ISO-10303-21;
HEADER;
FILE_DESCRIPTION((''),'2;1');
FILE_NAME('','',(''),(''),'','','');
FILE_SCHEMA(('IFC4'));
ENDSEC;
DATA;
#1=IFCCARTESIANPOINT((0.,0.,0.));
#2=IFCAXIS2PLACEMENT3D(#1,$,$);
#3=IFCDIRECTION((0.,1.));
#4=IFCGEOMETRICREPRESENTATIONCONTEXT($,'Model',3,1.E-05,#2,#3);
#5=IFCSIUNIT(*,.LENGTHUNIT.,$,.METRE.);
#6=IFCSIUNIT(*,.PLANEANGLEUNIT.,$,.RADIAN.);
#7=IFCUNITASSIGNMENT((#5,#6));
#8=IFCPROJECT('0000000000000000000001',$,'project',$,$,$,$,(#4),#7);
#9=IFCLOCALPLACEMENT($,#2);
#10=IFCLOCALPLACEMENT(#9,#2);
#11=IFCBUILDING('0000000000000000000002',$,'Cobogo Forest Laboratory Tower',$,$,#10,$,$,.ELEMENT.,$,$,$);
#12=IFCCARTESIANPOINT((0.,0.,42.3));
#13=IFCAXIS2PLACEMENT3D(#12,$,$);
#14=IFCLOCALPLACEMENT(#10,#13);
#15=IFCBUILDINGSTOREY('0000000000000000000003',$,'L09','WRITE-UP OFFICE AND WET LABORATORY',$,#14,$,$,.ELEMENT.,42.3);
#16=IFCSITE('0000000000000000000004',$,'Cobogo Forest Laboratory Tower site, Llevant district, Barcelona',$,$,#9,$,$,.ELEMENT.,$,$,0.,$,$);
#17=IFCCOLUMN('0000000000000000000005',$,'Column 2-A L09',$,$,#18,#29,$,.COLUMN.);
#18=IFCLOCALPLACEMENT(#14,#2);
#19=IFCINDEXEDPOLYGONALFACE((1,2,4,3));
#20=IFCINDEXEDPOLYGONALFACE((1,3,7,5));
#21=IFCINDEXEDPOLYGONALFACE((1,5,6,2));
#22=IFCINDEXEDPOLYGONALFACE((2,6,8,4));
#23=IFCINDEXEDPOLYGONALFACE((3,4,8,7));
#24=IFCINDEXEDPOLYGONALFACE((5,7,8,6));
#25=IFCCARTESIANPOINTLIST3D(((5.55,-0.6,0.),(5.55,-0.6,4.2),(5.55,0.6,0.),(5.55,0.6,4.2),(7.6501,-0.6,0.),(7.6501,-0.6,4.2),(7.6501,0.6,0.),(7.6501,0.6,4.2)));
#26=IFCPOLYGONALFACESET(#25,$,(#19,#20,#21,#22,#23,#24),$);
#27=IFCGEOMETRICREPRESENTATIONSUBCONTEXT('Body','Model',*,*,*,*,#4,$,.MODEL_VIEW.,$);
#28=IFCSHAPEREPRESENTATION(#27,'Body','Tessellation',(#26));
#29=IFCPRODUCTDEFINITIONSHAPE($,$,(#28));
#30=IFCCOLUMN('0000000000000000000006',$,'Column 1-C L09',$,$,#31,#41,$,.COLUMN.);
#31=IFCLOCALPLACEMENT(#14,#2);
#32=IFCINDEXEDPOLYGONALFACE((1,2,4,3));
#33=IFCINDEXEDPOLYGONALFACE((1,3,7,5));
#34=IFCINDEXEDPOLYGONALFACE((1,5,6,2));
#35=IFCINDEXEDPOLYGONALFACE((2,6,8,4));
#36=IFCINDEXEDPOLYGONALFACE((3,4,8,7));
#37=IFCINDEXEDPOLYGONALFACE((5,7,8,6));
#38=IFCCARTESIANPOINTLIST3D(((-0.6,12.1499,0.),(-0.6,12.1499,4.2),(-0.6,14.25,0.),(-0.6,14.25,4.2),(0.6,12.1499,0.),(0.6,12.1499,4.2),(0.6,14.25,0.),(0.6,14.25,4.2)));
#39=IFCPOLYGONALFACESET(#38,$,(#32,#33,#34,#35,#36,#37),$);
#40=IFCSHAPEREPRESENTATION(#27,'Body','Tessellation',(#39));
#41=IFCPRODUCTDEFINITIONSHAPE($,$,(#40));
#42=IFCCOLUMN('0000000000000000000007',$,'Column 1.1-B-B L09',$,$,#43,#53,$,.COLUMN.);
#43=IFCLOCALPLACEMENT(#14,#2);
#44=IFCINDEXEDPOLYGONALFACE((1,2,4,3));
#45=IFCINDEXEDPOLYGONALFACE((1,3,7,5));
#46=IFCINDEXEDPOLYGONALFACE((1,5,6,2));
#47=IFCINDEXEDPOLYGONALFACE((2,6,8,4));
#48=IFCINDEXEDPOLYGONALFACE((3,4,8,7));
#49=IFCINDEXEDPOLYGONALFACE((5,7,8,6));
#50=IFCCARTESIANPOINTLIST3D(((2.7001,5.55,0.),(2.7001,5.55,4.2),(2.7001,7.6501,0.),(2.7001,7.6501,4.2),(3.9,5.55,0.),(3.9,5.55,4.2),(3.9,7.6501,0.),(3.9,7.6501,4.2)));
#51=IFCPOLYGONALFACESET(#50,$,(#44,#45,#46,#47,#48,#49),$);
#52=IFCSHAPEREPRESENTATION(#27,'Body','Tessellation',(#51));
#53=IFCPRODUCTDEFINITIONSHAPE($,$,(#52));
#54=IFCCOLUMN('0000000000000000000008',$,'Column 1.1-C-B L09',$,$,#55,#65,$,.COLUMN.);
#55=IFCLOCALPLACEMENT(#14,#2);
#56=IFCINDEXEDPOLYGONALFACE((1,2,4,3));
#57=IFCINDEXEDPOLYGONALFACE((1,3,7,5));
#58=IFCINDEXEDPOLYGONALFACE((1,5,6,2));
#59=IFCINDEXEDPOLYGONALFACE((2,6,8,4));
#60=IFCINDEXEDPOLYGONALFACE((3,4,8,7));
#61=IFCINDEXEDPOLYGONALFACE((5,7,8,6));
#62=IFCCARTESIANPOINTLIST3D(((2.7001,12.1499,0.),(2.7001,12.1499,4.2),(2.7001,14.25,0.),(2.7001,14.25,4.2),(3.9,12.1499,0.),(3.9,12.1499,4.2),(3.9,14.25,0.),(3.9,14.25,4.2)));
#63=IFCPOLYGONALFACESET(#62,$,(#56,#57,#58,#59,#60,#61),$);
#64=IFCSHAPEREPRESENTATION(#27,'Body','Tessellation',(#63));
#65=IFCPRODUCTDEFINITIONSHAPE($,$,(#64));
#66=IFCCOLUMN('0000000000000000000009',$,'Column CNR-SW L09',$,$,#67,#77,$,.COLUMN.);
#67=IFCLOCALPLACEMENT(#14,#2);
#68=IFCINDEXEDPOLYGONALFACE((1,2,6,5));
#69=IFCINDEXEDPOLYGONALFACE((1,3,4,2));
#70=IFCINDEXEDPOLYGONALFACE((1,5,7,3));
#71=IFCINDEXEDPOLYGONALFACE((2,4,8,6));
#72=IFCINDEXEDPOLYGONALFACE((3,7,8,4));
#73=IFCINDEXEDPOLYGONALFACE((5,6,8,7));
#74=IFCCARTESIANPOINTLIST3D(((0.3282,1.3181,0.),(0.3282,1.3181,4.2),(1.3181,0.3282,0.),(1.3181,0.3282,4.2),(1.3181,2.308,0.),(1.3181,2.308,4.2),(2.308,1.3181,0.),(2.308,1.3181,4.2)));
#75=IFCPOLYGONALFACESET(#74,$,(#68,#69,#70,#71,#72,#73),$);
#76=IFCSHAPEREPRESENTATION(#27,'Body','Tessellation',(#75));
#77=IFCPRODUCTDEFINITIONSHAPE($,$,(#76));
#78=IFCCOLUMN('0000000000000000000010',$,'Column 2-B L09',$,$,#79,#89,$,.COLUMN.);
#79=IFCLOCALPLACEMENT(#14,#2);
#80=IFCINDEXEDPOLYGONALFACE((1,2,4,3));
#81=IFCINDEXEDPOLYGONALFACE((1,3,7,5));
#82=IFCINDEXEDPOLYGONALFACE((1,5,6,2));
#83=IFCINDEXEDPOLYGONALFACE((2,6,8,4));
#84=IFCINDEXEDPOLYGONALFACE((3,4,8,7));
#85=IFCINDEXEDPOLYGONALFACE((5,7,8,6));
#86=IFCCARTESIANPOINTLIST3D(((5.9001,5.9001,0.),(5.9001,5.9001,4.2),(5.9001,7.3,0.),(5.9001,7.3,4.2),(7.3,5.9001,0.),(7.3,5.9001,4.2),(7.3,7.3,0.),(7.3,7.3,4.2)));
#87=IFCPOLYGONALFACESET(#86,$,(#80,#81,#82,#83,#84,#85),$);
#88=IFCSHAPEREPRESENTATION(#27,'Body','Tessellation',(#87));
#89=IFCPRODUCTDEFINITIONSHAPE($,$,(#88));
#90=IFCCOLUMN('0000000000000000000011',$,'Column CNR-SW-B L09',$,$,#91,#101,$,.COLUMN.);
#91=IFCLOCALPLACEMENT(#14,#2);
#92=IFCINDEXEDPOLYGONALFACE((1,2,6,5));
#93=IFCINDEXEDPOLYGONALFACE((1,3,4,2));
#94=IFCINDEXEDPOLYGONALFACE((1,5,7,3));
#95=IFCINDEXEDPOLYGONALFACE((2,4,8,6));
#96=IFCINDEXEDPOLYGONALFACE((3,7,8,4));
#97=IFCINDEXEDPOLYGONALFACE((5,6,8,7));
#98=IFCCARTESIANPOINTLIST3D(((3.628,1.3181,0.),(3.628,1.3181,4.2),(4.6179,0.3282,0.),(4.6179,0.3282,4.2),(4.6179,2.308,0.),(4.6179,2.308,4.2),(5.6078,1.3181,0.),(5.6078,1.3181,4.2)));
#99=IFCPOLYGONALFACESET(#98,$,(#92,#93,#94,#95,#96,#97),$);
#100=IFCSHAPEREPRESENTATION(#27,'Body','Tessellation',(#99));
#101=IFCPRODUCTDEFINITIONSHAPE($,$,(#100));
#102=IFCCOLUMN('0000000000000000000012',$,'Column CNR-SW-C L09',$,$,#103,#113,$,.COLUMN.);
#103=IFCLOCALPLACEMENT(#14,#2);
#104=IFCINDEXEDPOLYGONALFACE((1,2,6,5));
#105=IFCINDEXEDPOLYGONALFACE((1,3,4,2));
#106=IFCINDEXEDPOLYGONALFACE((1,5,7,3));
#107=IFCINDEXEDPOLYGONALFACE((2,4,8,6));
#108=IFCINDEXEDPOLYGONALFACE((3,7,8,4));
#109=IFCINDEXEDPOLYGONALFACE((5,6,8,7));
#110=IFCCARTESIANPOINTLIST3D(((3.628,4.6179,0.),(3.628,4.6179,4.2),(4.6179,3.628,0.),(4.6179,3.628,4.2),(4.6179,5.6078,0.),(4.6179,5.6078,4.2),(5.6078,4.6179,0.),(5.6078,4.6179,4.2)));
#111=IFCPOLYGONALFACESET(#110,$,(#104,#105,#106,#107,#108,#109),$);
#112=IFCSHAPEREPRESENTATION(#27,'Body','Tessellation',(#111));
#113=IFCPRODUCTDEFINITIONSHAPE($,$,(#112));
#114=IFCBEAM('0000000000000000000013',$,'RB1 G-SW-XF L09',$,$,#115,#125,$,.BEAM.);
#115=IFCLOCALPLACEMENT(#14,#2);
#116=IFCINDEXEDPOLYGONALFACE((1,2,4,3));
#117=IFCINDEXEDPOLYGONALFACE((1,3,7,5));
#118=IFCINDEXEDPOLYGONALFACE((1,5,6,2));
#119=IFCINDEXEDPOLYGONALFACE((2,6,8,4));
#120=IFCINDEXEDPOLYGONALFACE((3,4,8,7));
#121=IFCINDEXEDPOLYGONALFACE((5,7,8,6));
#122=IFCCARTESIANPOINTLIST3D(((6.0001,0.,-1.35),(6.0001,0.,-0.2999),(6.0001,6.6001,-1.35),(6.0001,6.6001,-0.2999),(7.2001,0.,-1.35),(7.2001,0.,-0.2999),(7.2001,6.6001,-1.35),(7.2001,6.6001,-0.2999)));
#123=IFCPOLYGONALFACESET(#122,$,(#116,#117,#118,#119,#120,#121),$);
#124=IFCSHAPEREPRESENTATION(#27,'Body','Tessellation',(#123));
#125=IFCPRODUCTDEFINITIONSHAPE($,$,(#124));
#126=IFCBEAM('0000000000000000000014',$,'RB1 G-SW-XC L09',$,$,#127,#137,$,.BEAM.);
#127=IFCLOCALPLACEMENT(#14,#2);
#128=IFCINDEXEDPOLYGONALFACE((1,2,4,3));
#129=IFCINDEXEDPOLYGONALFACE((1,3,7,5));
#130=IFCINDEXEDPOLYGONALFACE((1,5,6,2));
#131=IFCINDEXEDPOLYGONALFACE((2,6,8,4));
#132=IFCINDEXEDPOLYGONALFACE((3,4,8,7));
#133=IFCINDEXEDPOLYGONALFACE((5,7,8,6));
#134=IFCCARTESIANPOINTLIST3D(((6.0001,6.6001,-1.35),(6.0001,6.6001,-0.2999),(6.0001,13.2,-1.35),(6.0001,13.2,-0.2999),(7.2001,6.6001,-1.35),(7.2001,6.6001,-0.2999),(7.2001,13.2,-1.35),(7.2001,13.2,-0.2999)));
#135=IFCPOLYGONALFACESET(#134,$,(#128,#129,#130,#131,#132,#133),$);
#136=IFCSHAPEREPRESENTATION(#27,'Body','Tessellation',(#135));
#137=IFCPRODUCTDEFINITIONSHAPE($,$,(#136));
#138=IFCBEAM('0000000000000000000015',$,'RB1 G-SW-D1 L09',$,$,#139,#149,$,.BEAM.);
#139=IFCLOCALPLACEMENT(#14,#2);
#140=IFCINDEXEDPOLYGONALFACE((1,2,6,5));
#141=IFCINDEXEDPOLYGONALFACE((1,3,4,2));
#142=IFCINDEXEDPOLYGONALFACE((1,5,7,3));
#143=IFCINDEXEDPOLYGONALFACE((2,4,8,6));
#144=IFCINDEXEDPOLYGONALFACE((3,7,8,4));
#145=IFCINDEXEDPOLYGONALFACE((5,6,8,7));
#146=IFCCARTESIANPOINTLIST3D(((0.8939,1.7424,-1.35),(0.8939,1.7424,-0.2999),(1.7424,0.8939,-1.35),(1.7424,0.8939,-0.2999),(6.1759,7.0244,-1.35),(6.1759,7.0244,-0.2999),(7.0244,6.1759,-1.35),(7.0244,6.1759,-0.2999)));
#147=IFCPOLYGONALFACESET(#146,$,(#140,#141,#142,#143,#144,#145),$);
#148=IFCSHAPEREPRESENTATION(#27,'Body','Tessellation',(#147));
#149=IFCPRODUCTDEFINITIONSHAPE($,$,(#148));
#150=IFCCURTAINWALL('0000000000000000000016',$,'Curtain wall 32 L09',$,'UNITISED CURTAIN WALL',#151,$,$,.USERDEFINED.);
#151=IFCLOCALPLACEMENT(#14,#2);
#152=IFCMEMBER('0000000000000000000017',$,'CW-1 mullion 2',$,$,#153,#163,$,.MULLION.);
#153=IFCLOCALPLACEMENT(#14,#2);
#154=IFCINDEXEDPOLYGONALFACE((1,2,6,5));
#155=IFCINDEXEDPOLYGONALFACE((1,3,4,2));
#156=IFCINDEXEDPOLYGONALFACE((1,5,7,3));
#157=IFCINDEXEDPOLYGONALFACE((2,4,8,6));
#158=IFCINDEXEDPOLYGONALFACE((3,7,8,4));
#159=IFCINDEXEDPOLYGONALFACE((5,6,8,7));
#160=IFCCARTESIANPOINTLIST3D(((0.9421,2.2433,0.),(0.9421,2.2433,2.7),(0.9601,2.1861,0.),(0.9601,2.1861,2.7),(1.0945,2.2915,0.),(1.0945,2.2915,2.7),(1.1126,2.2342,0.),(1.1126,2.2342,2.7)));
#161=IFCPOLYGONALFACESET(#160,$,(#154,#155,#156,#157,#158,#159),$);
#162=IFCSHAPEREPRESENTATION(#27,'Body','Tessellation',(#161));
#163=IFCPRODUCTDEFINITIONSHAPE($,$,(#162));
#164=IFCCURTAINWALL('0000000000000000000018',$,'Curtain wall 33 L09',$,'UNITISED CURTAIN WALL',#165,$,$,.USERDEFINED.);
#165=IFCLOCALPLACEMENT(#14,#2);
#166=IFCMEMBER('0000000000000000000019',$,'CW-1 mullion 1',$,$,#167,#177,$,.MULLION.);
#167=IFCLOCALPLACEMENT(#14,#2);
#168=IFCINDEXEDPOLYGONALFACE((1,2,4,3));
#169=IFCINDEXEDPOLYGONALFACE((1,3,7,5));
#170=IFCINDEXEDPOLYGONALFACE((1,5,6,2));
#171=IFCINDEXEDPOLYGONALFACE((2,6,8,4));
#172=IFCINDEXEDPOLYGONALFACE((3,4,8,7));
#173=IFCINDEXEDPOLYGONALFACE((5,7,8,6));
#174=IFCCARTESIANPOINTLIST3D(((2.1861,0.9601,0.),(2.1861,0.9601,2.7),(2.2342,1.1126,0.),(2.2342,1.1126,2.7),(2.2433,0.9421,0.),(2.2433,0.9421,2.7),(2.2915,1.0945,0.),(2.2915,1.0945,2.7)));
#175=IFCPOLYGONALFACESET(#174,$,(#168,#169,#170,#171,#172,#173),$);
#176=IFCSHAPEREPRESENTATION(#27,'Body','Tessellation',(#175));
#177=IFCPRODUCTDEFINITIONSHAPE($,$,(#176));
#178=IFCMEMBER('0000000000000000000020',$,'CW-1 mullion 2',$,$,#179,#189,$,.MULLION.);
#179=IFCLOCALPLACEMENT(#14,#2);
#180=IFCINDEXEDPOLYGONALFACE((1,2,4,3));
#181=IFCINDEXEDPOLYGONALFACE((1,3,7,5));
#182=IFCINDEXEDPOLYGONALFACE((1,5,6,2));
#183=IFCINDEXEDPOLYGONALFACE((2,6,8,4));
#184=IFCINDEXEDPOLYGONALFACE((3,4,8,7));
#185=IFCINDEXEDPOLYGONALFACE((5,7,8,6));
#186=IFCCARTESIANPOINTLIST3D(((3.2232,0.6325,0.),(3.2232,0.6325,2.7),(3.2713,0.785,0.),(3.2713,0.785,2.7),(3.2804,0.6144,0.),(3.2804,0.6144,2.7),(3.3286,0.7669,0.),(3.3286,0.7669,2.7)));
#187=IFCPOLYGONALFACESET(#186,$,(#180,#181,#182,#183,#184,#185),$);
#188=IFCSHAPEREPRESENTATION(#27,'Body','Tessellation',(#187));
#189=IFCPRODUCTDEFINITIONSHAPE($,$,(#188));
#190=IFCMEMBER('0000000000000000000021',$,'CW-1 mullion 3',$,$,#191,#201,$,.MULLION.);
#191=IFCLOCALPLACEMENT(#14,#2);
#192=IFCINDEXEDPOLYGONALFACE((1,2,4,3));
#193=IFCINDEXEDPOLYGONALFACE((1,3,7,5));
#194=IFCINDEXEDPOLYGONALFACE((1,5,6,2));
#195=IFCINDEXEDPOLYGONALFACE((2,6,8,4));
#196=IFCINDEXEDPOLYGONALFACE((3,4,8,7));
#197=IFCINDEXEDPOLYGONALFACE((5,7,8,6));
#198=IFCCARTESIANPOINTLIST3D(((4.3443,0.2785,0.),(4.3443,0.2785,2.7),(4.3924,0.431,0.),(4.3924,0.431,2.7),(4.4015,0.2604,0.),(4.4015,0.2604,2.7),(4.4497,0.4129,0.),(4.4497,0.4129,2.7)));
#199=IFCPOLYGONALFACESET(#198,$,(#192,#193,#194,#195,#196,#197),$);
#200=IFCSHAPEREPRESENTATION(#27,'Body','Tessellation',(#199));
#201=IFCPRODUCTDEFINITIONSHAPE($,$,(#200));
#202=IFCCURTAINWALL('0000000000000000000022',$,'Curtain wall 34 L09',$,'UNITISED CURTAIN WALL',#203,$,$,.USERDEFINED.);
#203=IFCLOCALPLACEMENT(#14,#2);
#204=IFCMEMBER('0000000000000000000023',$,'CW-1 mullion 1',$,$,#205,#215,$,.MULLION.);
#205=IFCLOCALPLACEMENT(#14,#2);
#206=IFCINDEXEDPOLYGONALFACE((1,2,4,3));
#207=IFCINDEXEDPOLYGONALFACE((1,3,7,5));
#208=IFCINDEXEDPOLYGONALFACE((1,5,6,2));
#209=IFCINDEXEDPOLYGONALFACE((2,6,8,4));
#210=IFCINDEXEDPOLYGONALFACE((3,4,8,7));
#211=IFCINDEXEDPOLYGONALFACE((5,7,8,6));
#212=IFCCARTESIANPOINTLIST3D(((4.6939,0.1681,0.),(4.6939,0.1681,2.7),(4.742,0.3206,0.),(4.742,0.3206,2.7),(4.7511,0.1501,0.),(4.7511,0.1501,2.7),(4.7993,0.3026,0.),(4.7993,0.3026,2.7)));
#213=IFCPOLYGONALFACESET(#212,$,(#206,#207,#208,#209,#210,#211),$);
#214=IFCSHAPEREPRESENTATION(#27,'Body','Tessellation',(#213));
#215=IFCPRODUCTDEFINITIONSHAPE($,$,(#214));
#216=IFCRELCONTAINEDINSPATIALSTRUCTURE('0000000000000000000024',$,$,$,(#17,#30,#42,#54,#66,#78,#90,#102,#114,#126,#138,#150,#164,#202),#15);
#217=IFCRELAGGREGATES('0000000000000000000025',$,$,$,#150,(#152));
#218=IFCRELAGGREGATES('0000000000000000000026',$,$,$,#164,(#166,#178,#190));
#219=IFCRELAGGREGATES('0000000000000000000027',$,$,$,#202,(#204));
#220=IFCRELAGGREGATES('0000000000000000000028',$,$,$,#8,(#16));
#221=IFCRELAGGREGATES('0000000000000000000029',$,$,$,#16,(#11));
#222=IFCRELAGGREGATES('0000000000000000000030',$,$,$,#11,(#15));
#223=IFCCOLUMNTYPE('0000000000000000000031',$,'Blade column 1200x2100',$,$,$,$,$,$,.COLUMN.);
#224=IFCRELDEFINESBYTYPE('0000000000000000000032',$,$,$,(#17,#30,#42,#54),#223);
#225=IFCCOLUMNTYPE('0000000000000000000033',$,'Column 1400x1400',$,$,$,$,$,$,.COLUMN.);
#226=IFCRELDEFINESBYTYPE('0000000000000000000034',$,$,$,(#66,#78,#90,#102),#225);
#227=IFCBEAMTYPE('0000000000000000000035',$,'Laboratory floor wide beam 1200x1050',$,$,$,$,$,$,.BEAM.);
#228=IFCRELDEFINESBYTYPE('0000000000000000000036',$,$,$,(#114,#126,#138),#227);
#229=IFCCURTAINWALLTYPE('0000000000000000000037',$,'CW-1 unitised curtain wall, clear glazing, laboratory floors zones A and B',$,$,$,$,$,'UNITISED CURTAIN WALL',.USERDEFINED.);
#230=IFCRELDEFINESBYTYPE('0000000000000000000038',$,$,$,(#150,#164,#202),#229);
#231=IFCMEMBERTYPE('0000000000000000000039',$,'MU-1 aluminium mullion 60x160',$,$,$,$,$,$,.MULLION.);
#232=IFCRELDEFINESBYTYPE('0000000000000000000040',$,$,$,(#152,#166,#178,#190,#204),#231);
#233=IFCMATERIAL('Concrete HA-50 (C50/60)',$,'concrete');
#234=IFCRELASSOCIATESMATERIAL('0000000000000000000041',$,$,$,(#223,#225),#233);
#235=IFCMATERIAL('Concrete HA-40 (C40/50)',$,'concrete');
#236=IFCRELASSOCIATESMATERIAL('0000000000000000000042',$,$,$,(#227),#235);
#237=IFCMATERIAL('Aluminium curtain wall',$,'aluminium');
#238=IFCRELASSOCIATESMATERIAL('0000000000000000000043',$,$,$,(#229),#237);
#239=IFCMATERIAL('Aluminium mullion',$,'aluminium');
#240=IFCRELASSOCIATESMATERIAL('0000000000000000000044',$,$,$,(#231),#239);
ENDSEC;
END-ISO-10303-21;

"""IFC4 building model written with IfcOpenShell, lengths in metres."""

from ifc_helpers import new_model, si_unit, direction, frame, origin, origin_2d, place, context, subcontext, project, spatial, rectangle, extrude, material, material_profile, profile_set, type_object, element, aggregate, save


model = new_model("IFC4")

# Units and contexts
model_context = context("Model", 3, precision=1e-05, world=origin(), true_north=direction((0.0, 1.0)))
body_context = subcontext(model_context, "Body", "Model", "MODEL_VIEW")
ifc_project = project(units=[si_unit("LENGTHUNIT", "METRE"), si_unit("PLANEANGLEUNIT", "RADIAN")], contexts=[model_context])

# Site, building, storey
site_placement = place(None, origin())
site = spatial("IfcSite", under=ifc_project, at=site_placement, Name="Cobogo Forest Laboratory Tower site, Llevant district, Barcelona", CompositionType="ELEMENT", RefElevation=0.0)
building_placement = place(site_placement, origin())
building = spatial("IfcBuilding", under=site, at=building_placement, Name="Cobogo Forest Laboratory Tower", CompositionType="ELEMENT")
storey_placement = place(building_placement, frame((0.0, 0.0, 42.3)))
storey = spatial("IfcBuildingStorey", under=building, at=storey_placement, Name="L09", Description="WRITE-UP OFFICE AND WET LABORATORY", CompositionType="ELEMENT", Elevation=42.3)

# Columns
ifc_material_1 = material(Name="Concrete HA-50 (C50/60)", Category="concrete")
ifc_material_profile_1 = material_profile(ifc_material_1, rectangle(XDim=2.1001, YDim=1.2, at=origin_2d()), Name="RC 1200x2100")
ifc_profile_set_1 = profile_set([ifc_material_profile_1], Name="Concrete HA-50 (C50/60)")
column_type_1 = type_object("IfcColumnType", Name="Blade column 1200x2100", PredefinedType="COLUMN", material=ifc_profile_set_1)
for number, where, z_axis, x_axis, name in (
    (1, (6.6001, 0.0, 0.0), (0.0, 0.0, 1.0), (1.0, 0.0, 0.0), "Column 2-A L09"),
    (2, (0.0, 13.2, 0.0), (0.0, 0.0, 1.0), (0.0, 1.0, 0.0), "Column 1-C L09"),
    (3, (3.3, 6.6001, 0.0), (0.0, 0.0, 1.0), (0.0, 1.0, 0.0), "Column 1.1-B-B L09"),
    (4, (3.3, 13.2, 0.0), (0.0, 0.0, 1.0), (0.0, 1.0, 0.0), "Column 1.1-C-B L09"),
):
    element("IfcColumn", number, at=place(storey_placement, frame(where, z_axis=z_axis, x_axis=x_axis)), inside=storey, type_object=column_type_1, Name=name, PredefinedType="COLUMN", context=body_context, shape_type="SweptSolid", body=[
        extrude(rectangle(XDim=2.1001, YDim=1.2, at=origin_2d()), origin(), (0.0, 0.0, 1.0), 4.2),
    ])
ifc_material_profile_2 = material_profile(ifc_material_1, rectangle(XDim=1.3999, YDim=1.3999, at=origin_2d()), Name="RC 1400x1400")
ifc_profile_set_2 = profile_set([ifc_material_profile_2], Name="Concrete HA-50 (C50/60)")
column_type_2 = type_object("IfcColumnType", Name="Column 1400x1400", PredefinedType="COLUMN", material=ifc_profile_set_2)
for number, where, z_axis, x_axis, name in (
    (5, (1.3181, 1.3181, 0.0), (0.0, 0.0, 1.0), (0.707107, 0.707107, 0.0), "Column CNR-SW L09"),
    (6, (6.6001, 6.6001, 0.0), (0.0, 0.0, 1.0), (1.0, 0.0, 0.0), "Column 2-B L09"),
    (7, (4.6179, 1.3181, 0.0), (0.0, 0.0, 1.0), (0.707107, 0.707107, 0.0), "Column CNR-SW-B L09"),
    (8, (4.6179, 4.6179, 0.0), (0.0, 0.0, 1.0), (0.707107, 0.707107, 0.0), "Column CNR-SW-C L09"),
):
    element("IfcColumn", number, at=place(storey_placement, frame(where, z_axis=z_axis, x_axis=x_axis)), inside=storey, type_object=column_type_2, Name=name, PredefinedType="COLUMN", context=body_context, shape_type="SweptSolid", body=[
        extrude(rectangle(XDim=1.3999, YDim=1.3999, at=origin_2d()), origin(), (0.0, 0.0, 1.0), 4.2),
    ])

# Beams
ifc_material_2 = material(Name="Concrete HA-40 (C40/50)", Category="concrete")
ifc_material_profile_3 = material_profile(ifc_material_2, rectangle(XDim=1.2, YDim=1.05, at=origin_2d()), Name="RC 1200x1050")
ifc_profile_set_3 = profile_set([ifc_material_profile_3], Name="Concrete HA-40 (C40/50)")
beam_type_1 = type_object("IfcBeamType", Name="Laboratory floor wide beam 1200x1050", PredefinedType="BEAM", material=ifc_profile_set_3)
beam_1_placement = place(storey_placement, frame((6.6001, 0.0, -0.825), z_axis=(0.0, 1.0, 0.0), x_axis=(-1.0, 0.0, 0.0)))
element("IfcBeam", 9, at=beam_1_placement, inside=storey, type_object=beam_type_1, Name="RB1 G-SW-XF L09", PredefinedType="BEAM", context=body_context, shape_type="SweptSolid", body=[
    extrude(rectangle(XDim=1.2, YDim=1.05, at=origin_2d()), origin(), (0.0, 0.0, 1.0), 6.6001),
])
beam_2_placement = place(storey_placement, frame((6.6001, 6.6001, -0.825), z_axis=(0.0, 1.0, 0.0), x_axis=(-1.0, 0.0, 0.0)))
element("IfcBeam", 10, at=beam_2_placement, inside=storey, type_object=beam_type_1, Name="RB1 G-SW-XC L09", PredefinedType="BEAM", context=body_context, shape_type="SweptSolid", body=[
    extrude(rectangle(XDim=1.2, YDim=1.05, at=origin_2d()), origin(), (0.0, 0.0, 1.0), 6.5999),
])
beam_3_placement = place(storey_placement, frame((1.3181, 1.3181, -0.825), z_axis=(0.707107, 0.707107, 0.0), x_axis=(-0.707107, 0.707107, 0.0)))
element("IfcBeam", 11, at=beam_3_placement, inside=storey, type_object=beam_type_1, Name="RB1 G-SW-D1 L09", PredefinedType="BEAM", context=body_context, shape_type="SweptSolid", body=[
    extrude(rectangle(XDim=1.2, YDim=1.05, at=origin_2d()), origin(), (0.0, 0.0, 1.0), 7.47),
])

# Curtain wall, member
ifc_material_3 = material(Name="Aluminium curtain wall", Category="aluminium")
curtain_wall_type = type_object("IfcCurtainWallType", Name="CW-1 unitised curtain wall, clear glazing, laboratory floors zones A and B", ElementType="UNITISED CURTAIN WALL", PredefinedType="USERDEFINED", material=ifc_material_3)
curtain_wall_1_placement = place(storey_placement, origin())
curtain_wall_1 = element("IfcCurtainWall", 12, at=curtain_wall_1_placement, inside=storey, type_object=curtain_wall_type, Name="Curtain wall 32 L09", ObjectType="UNITISED CURTAIN WALL", PredefinedType="USERDEFINED")
ifc_material_4 = material(Name="Aluminium mullion", Category="aluminium")
ifc_material_profile_4 = material_profile(ifc_material_4, rectangle(XDim=0.0601, YDim=0.1599, at=origin_2d()), Name="AL 60x160")
ifc_profile_set_4 = profile_set([ifc_material_profile_4], Name="Aluminium mullion")
member_type_1 = type_object("IfcMemberType", Name="MU-1 aluminium mullion 60x160", PredefinedType="MULLION", material=ifc_profile_set_4)
member_1_placement = place(storey_placement, frame((1.0273, 2.2388, 0.0), z_axis=(0.0, 0.0, 1.0), x_axis=(0.301135, -0.953581, 0.0)))
member_1 = element("IfcMember", 13, at=member_1_placement, type_object=member_type_1, Name="CW-1 mullion 2", PredefinedType="MULLION", context=body_context, shape_type="SweptSolid", body=[
    extrude(rectangle(XDim=0.0601, YDim=0.1599, at=origin_2d()), origin(), (0.0, 0.0, 1.0), 2.7),
])

# Curtain walls, members
curtain_wall_2_placement = place(storey_placement, origin())
curtain_wall_2 = element("IfcCurtainWall", 14, at=curtain_wall_2_placement, inside=storey, type_object=curtain_wall_type, Name="Curtain wall 33 L09", ObjectType="UNITISED CURTAIN WALL", PredefinedType="USERDEFINED")
member_2_placement = place(storey_placement, frame((2.2388, 1.0273, 0.0), z_axis=(0.0, 0.0, 1.0), x_axis=(0.953581, -0.301135, 0.0)))
member_2 = element("IfcMember", 15, at=member_2_placement, type_object=member_type_1, Name="CW-1 mullion 1", PredefinedType="MULLION", context=body_context, shape_type="SweptSolid", body=[
    extrude(rectangle(XDim=0.0601, YDim=0.1599, at=origin_2d()), origin(), (0.0, 0.0, 1.0), 2.7),
])
member_3_placement = place(storey_placement, frame((3.2759, 0.6997, 0.0), z_axis=(0.0, 0.0, 1.0), x_axis=(0.953581, -0.301135, 0.0)))
member_3 = element("IfcMember", 16, at=member_3_placement, type_object=member_type_1, Name="CW-1 mullion 2", PredefinedType="MULLION", context=body_context, shape_type="SweptSolid", body=[
    extrude(rectangle(XDim=0.0601, YDim=0.1599, at=origin_2d()), origin(), (0.0, 0.0, 1.0), 2.7),
])
member_4_placement = place(storey_placement, frame((4.397, 0.3457, 0.0), z_axis=(0.0, 0.0, 1.0), x_axis=(0.953581, -0.301135, 0.0)))
member_4 = element("IfcMember", 17, at=member_4_placement, type_object=member_type_1, Name="CW-1 mullion 3", PredefinedType="MULLION", context=body_context, shape_type="SweptSolid", body=[
    extrude(rectangle(XDim=0.0601, YDim=0.1599, at=origin_2d()), origin(), (0.0, 0.0, 1.0), 2.7),
])
curtain_wall_3_placement = place(storey_placement, origin())
curtain_wall_3 = element("IfcCurtainWall", 18, at=curtain_wall_3_placement, inside=storey, type_object=curtain_wall_type, Name="Curtain wall 34 L09", ObjectType="UNITISED CURTAIN WALL", PredefinedType="USERDEFINED")
member_5_placement = place(storey_placement, frame((4.7466, 0.2354, 0.0), z_axis=(0.0, 0.0, 1.0), x_axis=(0.953582, -0.301135, 0.0)))
member_5 = element("IfcMember", 19, at=member_5_placement, type_object=member_type_1, Name="CW-1 mullion 1", PredefinedType="MULLION", context=body_context, shape_type="SweptSolid", body=[
    extrude(rectangle(XDim=0.0601, YDim=0.1599, at=origin_2d()), origin(), (0.0, 0.0, 1.0), 2.7),
])

aggregate(curtain_wall_1, [member_1])
aggregate(curtain_wall_2, [member_2, member_3, member_4])
aggregate(curtain_wall_3, [member_5])

save(model, "model.ifc")
